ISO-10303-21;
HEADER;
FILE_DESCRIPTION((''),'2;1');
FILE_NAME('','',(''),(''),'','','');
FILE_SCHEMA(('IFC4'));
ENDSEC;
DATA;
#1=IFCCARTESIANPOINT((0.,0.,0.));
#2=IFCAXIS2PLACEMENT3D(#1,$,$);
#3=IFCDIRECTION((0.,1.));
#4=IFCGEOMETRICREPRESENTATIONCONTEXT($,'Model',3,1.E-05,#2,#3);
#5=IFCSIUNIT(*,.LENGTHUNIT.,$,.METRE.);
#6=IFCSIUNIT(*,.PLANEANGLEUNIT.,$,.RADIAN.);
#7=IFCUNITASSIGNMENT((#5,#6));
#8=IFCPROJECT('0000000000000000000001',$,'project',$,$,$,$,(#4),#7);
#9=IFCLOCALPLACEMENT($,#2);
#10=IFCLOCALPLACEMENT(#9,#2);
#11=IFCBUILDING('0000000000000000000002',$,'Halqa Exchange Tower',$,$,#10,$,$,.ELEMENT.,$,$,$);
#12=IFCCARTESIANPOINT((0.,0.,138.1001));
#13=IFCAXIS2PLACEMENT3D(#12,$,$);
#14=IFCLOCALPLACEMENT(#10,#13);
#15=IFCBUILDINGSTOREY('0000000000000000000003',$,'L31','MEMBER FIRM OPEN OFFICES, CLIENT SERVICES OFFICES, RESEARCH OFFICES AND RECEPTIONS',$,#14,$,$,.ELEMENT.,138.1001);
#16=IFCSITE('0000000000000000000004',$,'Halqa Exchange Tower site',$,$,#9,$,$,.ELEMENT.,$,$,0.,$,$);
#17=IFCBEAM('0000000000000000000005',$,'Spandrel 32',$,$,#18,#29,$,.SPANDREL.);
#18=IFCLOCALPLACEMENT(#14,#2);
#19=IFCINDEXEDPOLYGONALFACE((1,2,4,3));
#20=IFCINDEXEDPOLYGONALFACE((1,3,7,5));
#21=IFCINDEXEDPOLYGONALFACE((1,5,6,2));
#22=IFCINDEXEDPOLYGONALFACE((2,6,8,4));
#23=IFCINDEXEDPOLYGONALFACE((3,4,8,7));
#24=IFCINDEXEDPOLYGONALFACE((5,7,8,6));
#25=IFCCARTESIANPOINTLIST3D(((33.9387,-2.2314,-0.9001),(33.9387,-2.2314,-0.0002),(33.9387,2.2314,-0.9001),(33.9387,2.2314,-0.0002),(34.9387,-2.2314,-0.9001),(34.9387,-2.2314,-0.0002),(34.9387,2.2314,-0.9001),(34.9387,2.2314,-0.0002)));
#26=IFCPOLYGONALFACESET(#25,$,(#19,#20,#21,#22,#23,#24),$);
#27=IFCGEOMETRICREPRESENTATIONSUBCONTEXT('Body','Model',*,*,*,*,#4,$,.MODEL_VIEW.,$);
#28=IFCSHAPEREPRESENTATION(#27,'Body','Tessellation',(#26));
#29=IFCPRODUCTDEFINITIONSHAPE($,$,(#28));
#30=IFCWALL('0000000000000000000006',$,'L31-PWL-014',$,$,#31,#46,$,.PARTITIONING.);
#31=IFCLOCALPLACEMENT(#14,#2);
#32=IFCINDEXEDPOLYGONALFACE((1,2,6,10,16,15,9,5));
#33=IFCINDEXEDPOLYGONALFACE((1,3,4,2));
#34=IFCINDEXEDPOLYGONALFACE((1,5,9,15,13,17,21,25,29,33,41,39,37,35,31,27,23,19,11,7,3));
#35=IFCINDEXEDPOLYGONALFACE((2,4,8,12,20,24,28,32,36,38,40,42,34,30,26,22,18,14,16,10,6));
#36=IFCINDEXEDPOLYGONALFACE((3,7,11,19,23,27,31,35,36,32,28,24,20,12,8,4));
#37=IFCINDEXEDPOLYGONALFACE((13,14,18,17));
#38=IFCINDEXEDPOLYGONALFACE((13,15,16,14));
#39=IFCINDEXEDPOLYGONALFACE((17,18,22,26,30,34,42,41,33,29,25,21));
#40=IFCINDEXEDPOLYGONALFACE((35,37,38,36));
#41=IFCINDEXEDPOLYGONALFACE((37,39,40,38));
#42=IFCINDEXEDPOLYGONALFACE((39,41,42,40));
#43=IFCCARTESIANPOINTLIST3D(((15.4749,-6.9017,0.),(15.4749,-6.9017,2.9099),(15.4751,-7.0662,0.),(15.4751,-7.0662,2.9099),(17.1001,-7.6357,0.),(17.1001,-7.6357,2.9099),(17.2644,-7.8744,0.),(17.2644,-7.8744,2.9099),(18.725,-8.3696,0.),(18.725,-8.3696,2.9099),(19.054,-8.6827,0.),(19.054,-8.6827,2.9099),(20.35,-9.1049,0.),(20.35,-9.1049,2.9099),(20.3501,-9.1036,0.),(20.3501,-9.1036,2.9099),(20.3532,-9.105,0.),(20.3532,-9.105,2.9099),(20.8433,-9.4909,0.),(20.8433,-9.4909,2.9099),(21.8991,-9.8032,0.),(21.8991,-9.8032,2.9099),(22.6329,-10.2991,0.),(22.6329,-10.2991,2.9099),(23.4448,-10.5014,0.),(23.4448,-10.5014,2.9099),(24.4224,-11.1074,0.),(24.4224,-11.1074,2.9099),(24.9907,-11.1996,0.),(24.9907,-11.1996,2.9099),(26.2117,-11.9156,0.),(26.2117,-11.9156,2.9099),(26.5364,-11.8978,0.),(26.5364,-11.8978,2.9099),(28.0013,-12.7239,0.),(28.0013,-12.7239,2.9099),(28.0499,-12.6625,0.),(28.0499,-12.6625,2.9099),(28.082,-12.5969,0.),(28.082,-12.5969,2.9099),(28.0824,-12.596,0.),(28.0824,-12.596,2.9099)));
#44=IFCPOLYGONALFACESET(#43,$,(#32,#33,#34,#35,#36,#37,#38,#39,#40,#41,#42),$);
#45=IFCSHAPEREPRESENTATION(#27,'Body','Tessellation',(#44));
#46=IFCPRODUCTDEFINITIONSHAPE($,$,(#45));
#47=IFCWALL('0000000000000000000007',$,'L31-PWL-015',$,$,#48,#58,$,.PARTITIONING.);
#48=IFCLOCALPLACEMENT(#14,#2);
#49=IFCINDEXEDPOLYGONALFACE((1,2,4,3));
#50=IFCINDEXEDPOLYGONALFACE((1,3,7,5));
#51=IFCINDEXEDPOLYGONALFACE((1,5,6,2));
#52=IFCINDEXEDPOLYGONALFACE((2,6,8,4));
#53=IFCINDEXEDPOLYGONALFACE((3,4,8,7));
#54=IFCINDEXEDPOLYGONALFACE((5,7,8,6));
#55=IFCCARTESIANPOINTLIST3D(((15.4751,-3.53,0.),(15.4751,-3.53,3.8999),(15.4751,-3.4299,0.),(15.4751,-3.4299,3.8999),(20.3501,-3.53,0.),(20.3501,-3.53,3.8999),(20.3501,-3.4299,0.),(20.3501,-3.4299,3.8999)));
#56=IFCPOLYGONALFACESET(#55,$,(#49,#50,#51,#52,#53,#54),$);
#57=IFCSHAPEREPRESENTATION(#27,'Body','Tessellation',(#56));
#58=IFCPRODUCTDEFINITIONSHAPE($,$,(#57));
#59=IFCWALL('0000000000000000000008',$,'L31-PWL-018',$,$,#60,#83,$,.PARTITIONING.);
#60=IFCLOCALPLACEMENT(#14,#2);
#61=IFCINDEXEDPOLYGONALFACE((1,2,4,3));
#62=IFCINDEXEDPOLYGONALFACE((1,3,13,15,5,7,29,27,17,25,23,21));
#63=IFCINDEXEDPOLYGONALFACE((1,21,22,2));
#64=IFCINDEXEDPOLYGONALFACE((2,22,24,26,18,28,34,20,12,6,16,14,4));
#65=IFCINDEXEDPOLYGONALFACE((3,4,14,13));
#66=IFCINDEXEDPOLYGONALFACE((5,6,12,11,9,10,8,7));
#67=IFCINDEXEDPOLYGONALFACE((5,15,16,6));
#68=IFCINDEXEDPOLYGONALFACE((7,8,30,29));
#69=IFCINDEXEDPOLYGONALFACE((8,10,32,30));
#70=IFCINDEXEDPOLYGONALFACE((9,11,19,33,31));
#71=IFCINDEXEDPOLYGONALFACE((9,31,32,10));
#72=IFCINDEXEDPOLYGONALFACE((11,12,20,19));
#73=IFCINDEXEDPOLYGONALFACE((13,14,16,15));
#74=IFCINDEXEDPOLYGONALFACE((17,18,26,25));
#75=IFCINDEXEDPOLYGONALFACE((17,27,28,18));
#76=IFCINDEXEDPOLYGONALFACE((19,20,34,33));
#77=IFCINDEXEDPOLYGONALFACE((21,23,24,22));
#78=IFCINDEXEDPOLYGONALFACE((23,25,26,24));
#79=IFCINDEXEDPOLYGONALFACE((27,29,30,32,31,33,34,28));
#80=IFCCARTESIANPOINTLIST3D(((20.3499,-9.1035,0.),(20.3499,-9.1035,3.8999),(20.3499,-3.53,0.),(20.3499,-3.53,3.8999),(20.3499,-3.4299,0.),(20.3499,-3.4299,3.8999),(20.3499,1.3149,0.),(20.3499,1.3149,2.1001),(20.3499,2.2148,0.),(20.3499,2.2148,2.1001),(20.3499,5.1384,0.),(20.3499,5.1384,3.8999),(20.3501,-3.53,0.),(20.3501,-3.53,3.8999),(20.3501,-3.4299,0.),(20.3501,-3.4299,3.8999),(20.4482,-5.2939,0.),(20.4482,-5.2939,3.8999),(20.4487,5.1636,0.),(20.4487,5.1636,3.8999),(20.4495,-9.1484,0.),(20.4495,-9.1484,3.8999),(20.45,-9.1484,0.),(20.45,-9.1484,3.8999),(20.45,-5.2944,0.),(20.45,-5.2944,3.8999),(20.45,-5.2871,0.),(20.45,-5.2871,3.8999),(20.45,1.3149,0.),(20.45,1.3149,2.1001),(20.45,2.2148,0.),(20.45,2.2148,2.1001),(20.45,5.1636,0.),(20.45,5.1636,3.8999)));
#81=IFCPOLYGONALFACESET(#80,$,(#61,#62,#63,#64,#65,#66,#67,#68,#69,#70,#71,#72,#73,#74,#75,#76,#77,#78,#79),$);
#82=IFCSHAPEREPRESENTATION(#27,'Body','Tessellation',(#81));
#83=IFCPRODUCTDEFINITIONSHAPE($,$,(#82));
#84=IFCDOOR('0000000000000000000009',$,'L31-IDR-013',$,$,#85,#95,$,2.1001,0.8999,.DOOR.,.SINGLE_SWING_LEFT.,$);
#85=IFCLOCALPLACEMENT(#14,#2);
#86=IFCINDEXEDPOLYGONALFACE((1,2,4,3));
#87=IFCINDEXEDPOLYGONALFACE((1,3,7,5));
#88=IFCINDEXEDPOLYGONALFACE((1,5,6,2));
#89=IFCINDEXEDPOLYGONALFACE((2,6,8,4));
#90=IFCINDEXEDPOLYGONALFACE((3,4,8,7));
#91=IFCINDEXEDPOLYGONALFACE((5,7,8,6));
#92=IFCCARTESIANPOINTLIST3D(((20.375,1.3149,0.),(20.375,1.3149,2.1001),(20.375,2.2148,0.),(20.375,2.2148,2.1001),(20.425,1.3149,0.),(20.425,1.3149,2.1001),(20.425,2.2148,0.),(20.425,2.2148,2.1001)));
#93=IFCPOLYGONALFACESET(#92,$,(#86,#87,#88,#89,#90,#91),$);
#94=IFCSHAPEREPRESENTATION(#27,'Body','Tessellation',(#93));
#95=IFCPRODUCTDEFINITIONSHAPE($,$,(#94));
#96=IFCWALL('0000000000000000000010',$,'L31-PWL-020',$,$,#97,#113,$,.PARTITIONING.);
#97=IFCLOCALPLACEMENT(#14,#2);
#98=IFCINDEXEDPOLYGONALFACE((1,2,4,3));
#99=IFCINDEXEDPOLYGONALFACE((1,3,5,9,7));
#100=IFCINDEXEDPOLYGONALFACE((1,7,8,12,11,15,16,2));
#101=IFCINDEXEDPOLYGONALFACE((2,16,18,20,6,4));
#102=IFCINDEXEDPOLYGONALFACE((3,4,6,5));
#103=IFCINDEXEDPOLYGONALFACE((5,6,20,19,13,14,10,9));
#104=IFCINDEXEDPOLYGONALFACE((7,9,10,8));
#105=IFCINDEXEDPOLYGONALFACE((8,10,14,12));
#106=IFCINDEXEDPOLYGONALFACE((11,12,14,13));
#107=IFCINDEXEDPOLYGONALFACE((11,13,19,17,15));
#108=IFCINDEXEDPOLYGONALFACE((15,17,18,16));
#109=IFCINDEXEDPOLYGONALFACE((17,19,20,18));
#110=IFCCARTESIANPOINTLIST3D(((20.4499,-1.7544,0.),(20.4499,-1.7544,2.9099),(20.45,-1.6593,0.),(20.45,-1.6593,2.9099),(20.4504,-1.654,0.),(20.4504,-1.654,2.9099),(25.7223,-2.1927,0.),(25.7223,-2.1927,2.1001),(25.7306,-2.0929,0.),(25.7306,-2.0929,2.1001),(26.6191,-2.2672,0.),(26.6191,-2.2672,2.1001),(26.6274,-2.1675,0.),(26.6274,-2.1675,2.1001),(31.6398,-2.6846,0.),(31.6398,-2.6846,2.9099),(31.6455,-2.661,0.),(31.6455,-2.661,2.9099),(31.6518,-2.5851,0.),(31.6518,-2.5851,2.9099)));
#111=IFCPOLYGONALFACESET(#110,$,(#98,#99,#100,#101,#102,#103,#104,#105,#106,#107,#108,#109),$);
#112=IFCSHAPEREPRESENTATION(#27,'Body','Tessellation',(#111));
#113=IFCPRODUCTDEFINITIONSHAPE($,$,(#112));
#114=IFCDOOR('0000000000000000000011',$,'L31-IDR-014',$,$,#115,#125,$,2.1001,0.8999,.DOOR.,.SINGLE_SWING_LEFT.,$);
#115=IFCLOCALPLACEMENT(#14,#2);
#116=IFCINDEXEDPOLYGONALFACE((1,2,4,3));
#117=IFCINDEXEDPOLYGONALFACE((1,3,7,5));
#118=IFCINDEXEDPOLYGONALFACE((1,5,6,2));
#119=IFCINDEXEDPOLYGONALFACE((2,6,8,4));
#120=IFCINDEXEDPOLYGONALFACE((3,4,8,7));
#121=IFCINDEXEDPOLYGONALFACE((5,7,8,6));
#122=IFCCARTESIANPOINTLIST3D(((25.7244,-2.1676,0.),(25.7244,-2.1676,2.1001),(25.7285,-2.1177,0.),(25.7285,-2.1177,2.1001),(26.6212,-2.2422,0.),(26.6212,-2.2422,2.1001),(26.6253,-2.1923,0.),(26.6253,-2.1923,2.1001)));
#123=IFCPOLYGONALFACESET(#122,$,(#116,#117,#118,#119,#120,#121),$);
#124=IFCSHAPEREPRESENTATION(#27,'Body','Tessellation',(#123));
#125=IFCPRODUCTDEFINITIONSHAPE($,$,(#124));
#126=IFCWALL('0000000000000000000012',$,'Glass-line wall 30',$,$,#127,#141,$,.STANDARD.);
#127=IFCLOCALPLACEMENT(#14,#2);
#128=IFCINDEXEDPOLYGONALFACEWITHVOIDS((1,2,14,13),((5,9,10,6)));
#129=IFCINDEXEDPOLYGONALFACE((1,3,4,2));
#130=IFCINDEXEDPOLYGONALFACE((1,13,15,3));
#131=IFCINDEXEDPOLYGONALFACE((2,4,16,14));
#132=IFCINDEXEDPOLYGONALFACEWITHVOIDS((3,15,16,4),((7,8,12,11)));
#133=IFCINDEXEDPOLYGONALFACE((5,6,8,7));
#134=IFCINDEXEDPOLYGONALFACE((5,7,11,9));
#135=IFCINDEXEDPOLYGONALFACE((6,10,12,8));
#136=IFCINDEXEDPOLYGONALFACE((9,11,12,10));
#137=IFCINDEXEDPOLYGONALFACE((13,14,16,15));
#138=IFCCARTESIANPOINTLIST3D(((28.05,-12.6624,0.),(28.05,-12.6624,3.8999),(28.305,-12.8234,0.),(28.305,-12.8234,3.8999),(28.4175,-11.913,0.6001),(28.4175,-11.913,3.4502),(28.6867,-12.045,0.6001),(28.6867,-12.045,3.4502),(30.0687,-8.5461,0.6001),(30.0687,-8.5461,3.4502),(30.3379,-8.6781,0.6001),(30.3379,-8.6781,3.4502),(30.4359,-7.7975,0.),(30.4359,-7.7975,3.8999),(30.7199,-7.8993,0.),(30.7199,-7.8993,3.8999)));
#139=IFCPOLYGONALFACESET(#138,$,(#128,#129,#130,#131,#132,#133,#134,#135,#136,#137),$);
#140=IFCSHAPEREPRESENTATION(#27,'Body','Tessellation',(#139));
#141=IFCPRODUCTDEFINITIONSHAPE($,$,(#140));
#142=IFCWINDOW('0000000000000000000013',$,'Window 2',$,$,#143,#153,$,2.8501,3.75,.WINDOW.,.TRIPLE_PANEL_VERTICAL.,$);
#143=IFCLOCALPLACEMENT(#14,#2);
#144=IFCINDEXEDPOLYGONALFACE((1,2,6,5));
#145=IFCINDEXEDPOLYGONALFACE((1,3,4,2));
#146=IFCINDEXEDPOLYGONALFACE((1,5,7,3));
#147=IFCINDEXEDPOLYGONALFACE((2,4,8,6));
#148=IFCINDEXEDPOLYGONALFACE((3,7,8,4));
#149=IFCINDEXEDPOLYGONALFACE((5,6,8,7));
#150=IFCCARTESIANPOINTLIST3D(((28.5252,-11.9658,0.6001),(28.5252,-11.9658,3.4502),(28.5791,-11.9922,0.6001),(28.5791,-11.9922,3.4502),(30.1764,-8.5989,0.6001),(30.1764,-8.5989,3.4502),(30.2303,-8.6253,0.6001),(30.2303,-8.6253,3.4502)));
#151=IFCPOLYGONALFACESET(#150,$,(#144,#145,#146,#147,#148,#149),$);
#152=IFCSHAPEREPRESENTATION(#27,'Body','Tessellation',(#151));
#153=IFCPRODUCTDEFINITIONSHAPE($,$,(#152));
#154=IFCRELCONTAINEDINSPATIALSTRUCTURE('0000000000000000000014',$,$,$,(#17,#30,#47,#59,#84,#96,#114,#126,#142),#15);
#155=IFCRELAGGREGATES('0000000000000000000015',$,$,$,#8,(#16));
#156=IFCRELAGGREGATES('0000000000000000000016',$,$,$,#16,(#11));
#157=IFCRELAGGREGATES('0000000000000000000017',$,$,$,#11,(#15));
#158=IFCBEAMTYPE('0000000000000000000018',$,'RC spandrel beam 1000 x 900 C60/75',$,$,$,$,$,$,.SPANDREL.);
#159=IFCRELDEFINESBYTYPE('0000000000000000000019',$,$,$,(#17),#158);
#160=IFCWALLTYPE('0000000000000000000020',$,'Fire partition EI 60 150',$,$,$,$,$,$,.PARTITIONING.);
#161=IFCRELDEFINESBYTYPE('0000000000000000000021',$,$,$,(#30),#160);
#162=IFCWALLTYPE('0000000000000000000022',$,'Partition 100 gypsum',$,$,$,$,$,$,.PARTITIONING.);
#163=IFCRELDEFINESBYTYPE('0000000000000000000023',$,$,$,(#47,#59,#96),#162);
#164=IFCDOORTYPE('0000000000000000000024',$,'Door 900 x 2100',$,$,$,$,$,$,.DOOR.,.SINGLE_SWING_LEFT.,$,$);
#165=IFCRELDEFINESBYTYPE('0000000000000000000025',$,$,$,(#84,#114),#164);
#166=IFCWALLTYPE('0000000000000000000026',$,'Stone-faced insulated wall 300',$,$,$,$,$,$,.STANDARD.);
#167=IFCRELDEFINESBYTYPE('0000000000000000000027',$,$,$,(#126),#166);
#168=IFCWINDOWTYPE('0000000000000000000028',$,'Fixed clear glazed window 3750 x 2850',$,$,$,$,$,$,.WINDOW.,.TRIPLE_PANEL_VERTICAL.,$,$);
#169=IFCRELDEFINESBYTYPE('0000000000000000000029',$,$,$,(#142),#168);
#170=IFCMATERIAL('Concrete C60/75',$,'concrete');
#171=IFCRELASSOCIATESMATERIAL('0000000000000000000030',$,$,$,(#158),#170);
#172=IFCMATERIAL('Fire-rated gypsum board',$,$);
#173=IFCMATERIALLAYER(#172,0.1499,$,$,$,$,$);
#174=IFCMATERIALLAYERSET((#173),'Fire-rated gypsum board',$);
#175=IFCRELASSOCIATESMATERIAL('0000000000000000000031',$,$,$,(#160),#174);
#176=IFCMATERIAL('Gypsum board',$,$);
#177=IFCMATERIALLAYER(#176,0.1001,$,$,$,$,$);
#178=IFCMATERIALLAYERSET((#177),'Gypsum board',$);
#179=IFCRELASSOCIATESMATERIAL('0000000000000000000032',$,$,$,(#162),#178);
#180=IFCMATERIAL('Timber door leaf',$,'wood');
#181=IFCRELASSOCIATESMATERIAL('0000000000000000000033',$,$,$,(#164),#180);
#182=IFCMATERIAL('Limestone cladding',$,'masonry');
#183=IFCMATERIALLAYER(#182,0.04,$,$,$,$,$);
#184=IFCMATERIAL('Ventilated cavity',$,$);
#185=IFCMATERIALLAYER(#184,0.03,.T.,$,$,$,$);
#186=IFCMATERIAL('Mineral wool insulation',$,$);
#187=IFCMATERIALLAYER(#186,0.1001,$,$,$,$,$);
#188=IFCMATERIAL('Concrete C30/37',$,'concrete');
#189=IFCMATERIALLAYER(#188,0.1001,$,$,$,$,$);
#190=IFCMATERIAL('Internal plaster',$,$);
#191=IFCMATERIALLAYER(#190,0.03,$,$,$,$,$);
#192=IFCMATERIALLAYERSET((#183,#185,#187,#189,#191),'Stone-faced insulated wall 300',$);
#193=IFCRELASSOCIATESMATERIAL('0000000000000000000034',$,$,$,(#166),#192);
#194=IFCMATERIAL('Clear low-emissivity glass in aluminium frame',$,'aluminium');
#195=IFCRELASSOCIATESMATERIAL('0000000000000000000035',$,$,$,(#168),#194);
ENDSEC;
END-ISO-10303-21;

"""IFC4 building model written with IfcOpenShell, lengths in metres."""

from ifc_helpers import new_model, si_unit, direction, frame, frame_2d, origin, origin_2d, place, context, subcontext, project, spatial, polyline, rectangle, outline, extrude, material, layer, layer_set, material_profile, profile_set, type_object, element, fill, save


model = new_model("IFC4")

# Units and contexts
model_context = context("Model", 3, precision=1e-05, world=origin(), true_north=direction((0.0, 1.0)))
body_context = subcontext(model_context, "Body", "Model", "MODEL_VIEW")
ifc_project = project(units=[si_unit("LENGTHUNIT", "METRE"), si_unit("PLANEANGLEUNIT", "RADIAN")], contexts=[model_context])

# Site, building, storey
site_placement = place(None, origin())
site = spatial("IfcSite", under=ifc_project, at=site_placement, Name="Halqa Exchange Tower site", CompositionType="ELEMENT", RefElevation=0.0)
building_placement = place(site_placement, origin())
building = spatial("IfcBuilding", under=site, at=building_placement, Name="Halqa Exchange Tower", CompositionType="ELEMENT")
storey_placement = place(building_placement, frame((0.0, 0.0, 138.1001)))
storey = spatial("IfcBuildingStorey", under=building, at=storey_placement, Name="L31", Description="MEMBER FIRM OPEN OFFICES, CLIENT SERVICES OFFICES, RESEARCH OFFICES AND RECEPTIONS", CompositionType="ELEMENT", Elevation=138.1001)

# Beam
ifc_material_1 = material(Name="Concrete C60/75", Category="concrete")
ifc_material_profile_1 = material_profile(ifc_material_1, rectangle(XDim=1.0, YDim=0.8999, at=origin_2d()), Name="1000 x 900")
ifc_profile_set_1 = profile_set([ifc_material_profile_1], Name="Concrete C60/75")
beam_type_1 = type_object("IfcBeamType", Name="RC spandrel beam 1000 x 900 C60/75", PredefinedType="SPANDREL", material=ifc_profile_set_1)
beam_1_placement = place(storey_placement, frame((34.4387, -2.2314, -0.4502), z_axis=(0.0, 1.0, 0.0), x_axis=(-1.0, 0.0, 0.0)))
element("IfcBeam", 1, at=beam_1_placement, inside=storey, type_object=beam_type_1, Name="Spandrel 32", PredefinedType="SPANDREL", context=body_context, shape_type="SweptSolid", body=[
    extrude(rectangle(XDim=1.0, YDim=0.8999, at=origin_2d()), origin(), (0.0, 0.0, 1.0), 4.4629),
])

# Walls
ifc_material_2 = material(Name="Fire-rated gypsum board")
ifc_layer_1 = layer(ifc_material_2, 0.1499)
ifc_layer_set_1 = layer_set([ifc_layer_1], Name="Fire-rated gypsum board")
wall_type_1 = type_object("IfcWallType", Name="Fire partition EI 60 150", PredefinedType="PARTITIONING", material=ifc_layer_set_1)
wall_1_placement = place(storey_placement, frame((15.4441, -6.97, 0.0), z_axis=(0.0, 0.0, 1.0), x_axis=(0.911353, -0.411626, 0.0)))
element("IfcWall", 2, at=wall_1_placement, inside=storey, type_object=wall_type_1, Name="L31-PWL-014", PredefinedType="PARTITIONING", context=body_context, shape_type="SweptSolid", body=[
    extrude(outline(polyline([(0.0679, -0.075), (2.0312, -0.075), (3.9949, -0.075), (5.9583, -0.075), (7.9219, -0.075), (9.8855, -0.075), (11.8489, -0.075), (13.8125, -0.075), (13.8315, 0.001), (13.8337, 0.074), (13.8337, 0.075), (12.1375, 0.075), (10.4414, 0.075), (8.7451, 0.075), (7.0491, 0.075), (5.3528, 0.075), (5.3499, 0.0737), (5.3494, 0.075), (3.5662, 0.075), (1.7832, 0.075), (0.0, 0.075), (0.0679, -0.075)])), origin(), (0.0, 0.0, 1.0), 2.9099),
])
ifc_material_3 = material(Name="Gypsum board")
ifc_layer_2 = layer(ifc_material_3, 0.1001)
ifc_layer_set_2 = layer_set([ifc_layer_2], Name="Gypsum board")
wall_type_2 = type_object("IfcWallType", Name="Partition 100 gypsum", PredefinedType="PARTITIONING", material=ifc_layer_set_2)
wall_2_placement = place(storey_placement, frame((15.4751, -3.48, 0.0), z_axis=(0.0, 0.0, 1.0), x_axis=(1.0, 0.0, 0.0)))
element("IfcWall", 3, at=wall_2_placement, inside=storey, type_object=wall_type_2, Name="L31-PWL-015", PredefinedType="PARTITIONING", context=body_context, shape_type="SweptSolid", body=[
    extrude(rectangle(XDim=4.875, YDim=0.1001, at=frame_2d((2.4375, 0.0))), origin(), (0.0, 0.0, 1.0), 3.8999),
])

# Walls, openings, doors
wall_3_placement = place(storey_placement, frame((20.3999, -9.1484, 0.0), z_axis=(0.0, 0.0, 1.0), x_axis=(0.0, 1.0, 0.0)))
wall_3 = element("IfcWall", 4, at=wall_3_placement, inside=storey, type_object=wall_type_2, Name="L31-PWL-018", PredefinedType="PARTITIONING", context=body_context, shape_type="SweptSolid", body=[
    extrude(outline(polyline([(0.0, -0.05), (1.927, -0.05), (3.854, -0.05), (3.8545, -0.0483), (3.8613, -0.05), (5.6033, -0.05), (7.345, -0.05), (9.0867, -0.05), (10.8284, -0.05), (12.5703, -0.05), (14.312, -0.05), (14.312, -0.0488), (14.2869, 0.05), (12.573, 0.05), (10.8594, 0.05), (9.1458, 0.05), (7.4321, 0.05), (5.7185, 0.05), (5.7185, 0.0498), (5.6184, 0.0498), (5.6184, 0.05), (3.7607, 0.05), (1.9028, 0.05), (0.0449, 0.05), (0.0, -0.0496), (0.0, -0.05)])), origin(), (0.0, 0.0, 1.0), 3.8999),
])
opening_1_placement = place(wall_3_placement, frame((10.4634, 0.0, 0.0)))
opening_1 = element("IfcOpeningElement", 5, at=opening_1_placement, cuts=wall_3, PredefinedType="OPENING", context=body_context, shape_type="SweptSolid", body=[
    extrude(rectangle(XDim=0.8999, YDim=2.1001, at=frame_2d((0.45, 1.05))), frame((0.0, 0.062, 0.0), z_axis=(0.0, -1.0, 0.0), x_axis=(1.0, 0.0, 0.0)), (0.0, 0.0, 1.0), 0.124),
])
ifc_material_4 = material(Name="Timber door leaf", Category="wood")
door_type_1 = type_object("IfcDoorType", Name="Door 900 x 2100", OperationType="SINGLE_SWING_LEFT", PredefinedType="DOOR", material=ifc_material_4)
door_1_placement = place(opening_1_placement, origin())
door_1 = element("IfcDoor", 6, at=door_1_placement, inside=storey, type_object=door_type_1, Name="L31-IDR-013", OperationType="SINGLE_SWING_LEFT", OverallHeight=2.1001, OverallWidth=0.8999, PredefinedType="DOOR", context=body_context, shape_type="SweptSolid", body=[
    extrude(rectangle(XDim=0.8999, YDim=2.1001, at=frame_2d((0.45, 1.05))), frame((0.0, 0.0249, 0.0), z_axis=(0.0, -1.0, 0.0), x_axis=(1.0, 0.0, 0.0)), (0.0, 0.0, 1.0), 0.05),
])
fill(opening_1, door_1)
wall_4_placement = place(storey_placement, frame((20.4463, -1.7039, 0.0), z_axis=(0.0, 0.0, 1.0), x_axis=(0.996563, -0.082842, 0.0)))
wall_4 = element("IfcWall", 7, at=wall_4_placement, inside=storey, type_object=wall_type_2, Name="L31-PWL-020", PredefinedType="PARTITIONING", context=body_context, shape_type="SweptSolid", body=[
    extrude(outline(polyline([(0.0078, -0.05), (1.8794, -0.05), (3.7507, -0.05), (5.6221, -0.05), (7.4937, -0.05), (9.365, -0.05), (11.2363, -0.05), (11.24, -0.0261), (11.24, 0.05), (9.3667, 0.05), (7.4934, 0.05), (5.6201, 0.05), (3.7466, 0.05), (1.8733, 0.05), (0.0, 0.05), (0.0, 0.0447), (0.0078, -0.05)])), origin(), (0.0, 0.0, 1.0), 2.9099),
])
opening_2_placement = place(wall_4_placement, frame((5.2983, 0.0, 0.0)))
opening_2 = element("IfcOpeningElement", 8, at=opening_2_placement, cuts=wall_4, PredefinedType="OPENING", context=body_context, shape_type="SweptSolid", body=[
    extrude(rectangle(XDim=0.8999, YDim=2.1001, at=frame_2d((0.45, 1.05))), frame((0.0, 0.062, 0.0), z_axis=(0.0, -1.0, 0.0), x_axis=(1.0, 0.0, 0.0)), (0.0, 0.0, 1.0), 0.124),
])
door_2_placement = place(opening_2_placement, frame((0.8999, 0.0, 0.0), z_axis=(0.0, 0.0, 1.0), x_axis=(-1.0, 0.0, 0.0)))
door_2 = element("IfcDoor", 9, at=door_2_placement, inside=storey, type_object=door_type_1, Name="L31-IDR-014", OperationType="SINGLE_SWING_LEFT", OverallHeight=2.1001, OverallWidth=0.8999, PredefinedType="DOOR", context=body_context, shape_type="SweptSolid", body=[
    extrude(rectangle(XDim=0.8999, YDim=2.1001, at=frame_2d((0.45, 1.05))), frame((0.0, 0.0249, 0.0), z_axis=(0.0, -1.0, 0.0), x_axis=(1.0, 0.0, 0.0)), (0.0, 0.0, 1.0), 0.05),
])
fill(opening_2, door_2)

# Wall, opening, window
ifc_material_5 = material(Name="Limestone cladding", Category="masonry")
ifc_layer_3 = layer(ifc_material_5, 0.04)
ifc_material_6 = material(Name="Ventilated cavity")
ifc_layer_4 = layer(ifc_material_6, 0.03, ventilated=True)
ifc_material_7 = material(Name="Mineral wool insulation")
ifc_layer_5 = layer(ifc_material_7, 0.1001)
ifc_material_8 = material(Name="Concrete C30/37", Category="concrete")
ifc_layer_6 = layer(ifc_material_8, 0.1001)
ifc_material_9 = material(Name="Internal plaster")
ifc_layer_7 = layer(ifc_material_9, 0.03)
ifc_layer_set_3 = layer_set([ifc_layer_3, ifc_layer_4, ifc_layer_5, ifc_layer_6, ifc_layer_7], Name="Stone-faced insulated wall 300")
wall_type_3 = type_object("IfcWallType", Name="Stone-faced insulated wall 300", PredefinedType="STANDARD", material=ifc_layer_set_3)
wall_5_placement = place(storey_placement, frame((28.1775, -12.7429, 0.0), z_axis=(0.0, 0.0, 1.0), x_axis=(0.440321, 0.89784, 0.0)))
wall_5 = element("IfcWall", 10, at=wall_5_placement, inside=storey, type_object=wall_type_3, Name="Glass-line wall 30", PredefinedType="STANDARD", context=body_context, shape_type="SweptSolid", body=[
    extrude(outline(polyline([(-0.0161, -0.1499), (5.4683, -0.1499), (5.4346, 0.1499), (0.0161, 0.1499), (-0.0161, -0.1499)])), origin(), (0.0, 0.0, 1.0), 3.8999),
])
opening_3_placement = place(wall_5_placement, frame((0.8508, 0.0, 0.6001)))
opening_3 = element("IfcOpeningElement", 11, at=opening_3_placement, cuts=wall_5, PredefinedType="OPENING", context=body_context, shape_type="SweptSolid", body=[
    extrude(rectangle(XDim=3.75, YDim=2.8501, at=frame_2d((1.875, 1.425))), frame((0.0, 0.1621, 0.0), z_axis=(0.0, -1.0, 0.0), x_axis=(1.0, 0.0, 0.0)), (0.0, 0.0, 1.0), 0.324),
])
ifc_material_10 = material(Name="Clear low-emissivity glass in aluminium frame", Category="aluminium")
window_type = type_object("IfcWindowType", Name="Fixed clear glazed window 3750 x 2850", PartitioningType="TRIPLE_PANEL_VERTICAL", PredefinedType="WINDOW", material=ifc_material_10)
window_1_placement = place(opening_3_placement, origin())
window_1 = element("IfcWindow", 12, at=window_1_placement, inside=storey, type_object=window_type, Name="Window 2", OverallHeight=2.8501, OverallWidth=3.75, PartitioningType="TRIPLE_PANEL_VERTICAL", PredefinedType="WINDOW", context=body_context, shape_type="SweptSolid", body=[
    extrude(rectangle(XDim=3.75, YDim=2.8501, at=frame_2d((1.875, 1.425))), frame((0.0, 0.03, 0.0), z_axis=(0.0, -1.0, 0.0), x_axis=(1.0, 0.0, 0.0)), (0.0, 0.0, 1.0), 0.0601),
])
fill(opening_3, window_1)

save(model, "model.ifc")
